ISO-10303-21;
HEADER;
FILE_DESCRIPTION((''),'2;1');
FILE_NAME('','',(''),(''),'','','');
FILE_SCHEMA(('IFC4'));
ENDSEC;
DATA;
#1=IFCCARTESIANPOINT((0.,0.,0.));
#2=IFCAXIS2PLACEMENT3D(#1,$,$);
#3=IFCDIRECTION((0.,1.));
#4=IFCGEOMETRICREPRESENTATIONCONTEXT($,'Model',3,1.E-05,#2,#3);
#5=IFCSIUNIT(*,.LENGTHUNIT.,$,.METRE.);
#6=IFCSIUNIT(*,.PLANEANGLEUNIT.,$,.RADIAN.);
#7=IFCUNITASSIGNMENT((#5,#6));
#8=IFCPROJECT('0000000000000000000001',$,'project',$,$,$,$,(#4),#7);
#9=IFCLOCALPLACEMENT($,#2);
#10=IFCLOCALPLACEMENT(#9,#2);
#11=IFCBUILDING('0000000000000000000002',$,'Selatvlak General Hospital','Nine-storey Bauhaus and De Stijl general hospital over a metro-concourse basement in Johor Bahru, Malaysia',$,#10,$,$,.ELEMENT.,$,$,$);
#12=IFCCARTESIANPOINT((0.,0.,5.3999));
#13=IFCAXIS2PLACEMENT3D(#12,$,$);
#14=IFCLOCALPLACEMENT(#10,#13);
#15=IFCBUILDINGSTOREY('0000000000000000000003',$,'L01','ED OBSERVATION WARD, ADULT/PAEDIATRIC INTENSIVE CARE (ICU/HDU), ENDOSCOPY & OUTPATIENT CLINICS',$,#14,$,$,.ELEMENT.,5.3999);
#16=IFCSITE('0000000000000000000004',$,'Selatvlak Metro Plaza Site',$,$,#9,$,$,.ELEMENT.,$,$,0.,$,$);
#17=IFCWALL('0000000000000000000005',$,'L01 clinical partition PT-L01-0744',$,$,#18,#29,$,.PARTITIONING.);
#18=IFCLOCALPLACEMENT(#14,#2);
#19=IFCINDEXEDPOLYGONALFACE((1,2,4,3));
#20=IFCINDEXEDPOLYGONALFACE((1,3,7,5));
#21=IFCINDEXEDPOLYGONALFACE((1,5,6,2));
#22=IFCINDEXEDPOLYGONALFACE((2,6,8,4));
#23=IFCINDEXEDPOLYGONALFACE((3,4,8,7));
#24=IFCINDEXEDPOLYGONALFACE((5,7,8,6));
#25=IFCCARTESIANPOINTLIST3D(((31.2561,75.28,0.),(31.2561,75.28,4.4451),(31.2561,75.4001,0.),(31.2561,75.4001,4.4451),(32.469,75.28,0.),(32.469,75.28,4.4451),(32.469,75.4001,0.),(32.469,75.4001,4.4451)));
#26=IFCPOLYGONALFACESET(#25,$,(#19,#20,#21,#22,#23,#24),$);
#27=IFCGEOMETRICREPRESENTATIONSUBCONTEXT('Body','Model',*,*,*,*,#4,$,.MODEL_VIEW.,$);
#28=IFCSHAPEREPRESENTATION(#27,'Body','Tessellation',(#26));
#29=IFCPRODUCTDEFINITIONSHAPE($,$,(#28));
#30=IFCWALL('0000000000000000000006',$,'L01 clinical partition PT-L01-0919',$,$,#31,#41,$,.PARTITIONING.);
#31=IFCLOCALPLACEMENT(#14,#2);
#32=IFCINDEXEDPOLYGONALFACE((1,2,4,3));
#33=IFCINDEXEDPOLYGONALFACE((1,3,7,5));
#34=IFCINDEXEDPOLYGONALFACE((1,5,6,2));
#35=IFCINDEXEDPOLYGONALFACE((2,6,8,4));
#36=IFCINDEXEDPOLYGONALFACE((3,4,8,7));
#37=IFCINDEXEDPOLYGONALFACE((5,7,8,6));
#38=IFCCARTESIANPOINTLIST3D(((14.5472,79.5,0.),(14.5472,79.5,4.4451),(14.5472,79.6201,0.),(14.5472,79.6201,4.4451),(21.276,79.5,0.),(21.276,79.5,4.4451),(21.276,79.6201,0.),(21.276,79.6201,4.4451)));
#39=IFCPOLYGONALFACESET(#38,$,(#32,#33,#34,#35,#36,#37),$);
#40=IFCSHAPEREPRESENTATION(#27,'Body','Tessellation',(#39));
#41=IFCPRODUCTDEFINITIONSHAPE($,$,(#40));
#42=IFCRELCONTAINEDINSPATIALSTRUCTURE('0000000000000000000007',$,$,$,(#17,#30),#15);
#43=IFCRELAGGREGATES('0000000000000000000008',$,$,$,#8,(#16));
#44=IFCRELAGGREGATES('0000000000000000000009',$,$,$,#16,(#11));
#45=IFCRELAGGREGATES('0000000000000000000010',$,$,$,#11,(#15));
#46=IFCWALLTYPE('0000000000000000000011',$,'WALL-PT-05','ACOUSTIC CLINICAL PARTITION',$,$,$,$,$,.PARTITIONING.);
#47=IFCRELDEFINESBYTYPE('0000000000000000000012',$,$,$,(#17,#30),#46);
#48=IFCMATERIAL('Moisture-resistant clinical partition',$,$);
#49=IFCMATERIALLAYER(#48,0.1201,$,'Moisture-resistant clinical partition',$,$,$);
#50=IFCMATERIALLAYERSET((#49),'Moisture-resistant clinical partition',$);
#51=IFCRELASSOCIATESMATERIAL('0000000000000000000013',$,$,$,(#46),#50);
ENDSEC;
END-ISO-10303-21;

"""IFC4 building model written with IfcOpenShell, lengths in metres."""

from ifc_helpers import new_model, si_unit, direction, frame, frame_2d, origin, place, context, subcontext, project, spatial, rectangle, extrude, material, layer, layer_set, type_object, element, save


model = new_model("IFC4")

# Units and contexts
model_context = context("Model", 3, precision=1e-05, world=origin(), true_north=direction((0.0, 1.0)))
body_context = subcontext(model_context, "Body", "Model", "MODEL_VIEW")
ifc_project = project(units=[si_unit("LENGTHUNIT", "METRE"), si_unit("PLANEANGLEUNIT", "RADIAN")], contexts=[model_context])

# Site, building, storey
site_placement = place(None, origin())
site = spatial("IfcSite", under=ifc_project, at=site_placement, Name="Selatvlak Metro Plaza Site", CompositionType="ELEMENT", RefElevation=0.0)
building_placement = place(site_placement, origin())
building = spatial("IfcBuilding", under=site, at=building_placement, Name="Selatvlak General Hospital", Description="Nine-storey Bauhaus and De Stijl general hospital over a metro-concourse basement in Johor Bahru, Malaysia", CompositionType="ELEMENT")
storey_placement = place(building_placement, frame((0.0, 0.0, 5.3999)))
storey = spatial("IfcBuildingStorey", under=building, at=storey_placement, Name="L01", Description="ED OBSERVATION WARD, ADULT/PAEDIATRIC INTENSIVE CARE (ICU/HDU), ENDOSCOPY & OUTPATIENT CLINICS", CompositionType="ELEMENT", Elevation=5.3999)

# Shared definitions
ifc_material_1 = material(Name="Moisture-resistant clinical partition")

# Walls
ifc_layer_1 = layer(ifc_material_1, 0.1201, Name="Moisture-resistant clinical partition")
ifc_layer_set_1 = layer_set([ifc_layer_1], Name="Moisture-resistant clinical partition")
wall_type_1 = type_object("IfcWallType", Name="WALL-PT-05", Description="ACOUSTIC CLINICAL PARTITION", PredefinedType="PARTITIONING", material=ifc_layer_set_1)
wall_1_placement = place(storey_placement, frame((31.2561, 75.3401, 0.0), z_axis=(0.0, 0.0, 1.0), x_axis=(1.0, 0.0, 0.0)))
element("IfcWall", 1, at=wall_1_placement, inside=storey, type_object=wall_type_1, Name="L01 clinical partition PT-L01-0744", PredefinedType="PARTITIONING", context=body_context, shape_type="SweptSolid", body=[
    extrude(rectangle(XDim=1.2129, YDim=0.1201, at=frame_2d((0.6064, 0.0))), origin(), (0.0, 0.0, 1.0), 4.4451),
])
wall_2_placement = place(storey_placement, frame((21.2759, 79.5601, 0.0), z_axis=(0.0, 0.0, 1.0), x_axis=(-1.0, 0.0, 0.0)))
element("IfcWall", 2, at=wall_2_placement, inside=storey, type_object=wall_type_1, Name="L01 clinical partition PT-L01-0919", PredefinedType="PARTITIONING", context=body_context, shape_type="SweptSolid", body=[
    extrude(rectangle(XDim=6.7288, YDim=0.1201, at=frame_2d((3.3643, 0.0))), origin(), (0.0, 0.0, 1.0), 4.4451),
])

save(model, "model.ifc")
